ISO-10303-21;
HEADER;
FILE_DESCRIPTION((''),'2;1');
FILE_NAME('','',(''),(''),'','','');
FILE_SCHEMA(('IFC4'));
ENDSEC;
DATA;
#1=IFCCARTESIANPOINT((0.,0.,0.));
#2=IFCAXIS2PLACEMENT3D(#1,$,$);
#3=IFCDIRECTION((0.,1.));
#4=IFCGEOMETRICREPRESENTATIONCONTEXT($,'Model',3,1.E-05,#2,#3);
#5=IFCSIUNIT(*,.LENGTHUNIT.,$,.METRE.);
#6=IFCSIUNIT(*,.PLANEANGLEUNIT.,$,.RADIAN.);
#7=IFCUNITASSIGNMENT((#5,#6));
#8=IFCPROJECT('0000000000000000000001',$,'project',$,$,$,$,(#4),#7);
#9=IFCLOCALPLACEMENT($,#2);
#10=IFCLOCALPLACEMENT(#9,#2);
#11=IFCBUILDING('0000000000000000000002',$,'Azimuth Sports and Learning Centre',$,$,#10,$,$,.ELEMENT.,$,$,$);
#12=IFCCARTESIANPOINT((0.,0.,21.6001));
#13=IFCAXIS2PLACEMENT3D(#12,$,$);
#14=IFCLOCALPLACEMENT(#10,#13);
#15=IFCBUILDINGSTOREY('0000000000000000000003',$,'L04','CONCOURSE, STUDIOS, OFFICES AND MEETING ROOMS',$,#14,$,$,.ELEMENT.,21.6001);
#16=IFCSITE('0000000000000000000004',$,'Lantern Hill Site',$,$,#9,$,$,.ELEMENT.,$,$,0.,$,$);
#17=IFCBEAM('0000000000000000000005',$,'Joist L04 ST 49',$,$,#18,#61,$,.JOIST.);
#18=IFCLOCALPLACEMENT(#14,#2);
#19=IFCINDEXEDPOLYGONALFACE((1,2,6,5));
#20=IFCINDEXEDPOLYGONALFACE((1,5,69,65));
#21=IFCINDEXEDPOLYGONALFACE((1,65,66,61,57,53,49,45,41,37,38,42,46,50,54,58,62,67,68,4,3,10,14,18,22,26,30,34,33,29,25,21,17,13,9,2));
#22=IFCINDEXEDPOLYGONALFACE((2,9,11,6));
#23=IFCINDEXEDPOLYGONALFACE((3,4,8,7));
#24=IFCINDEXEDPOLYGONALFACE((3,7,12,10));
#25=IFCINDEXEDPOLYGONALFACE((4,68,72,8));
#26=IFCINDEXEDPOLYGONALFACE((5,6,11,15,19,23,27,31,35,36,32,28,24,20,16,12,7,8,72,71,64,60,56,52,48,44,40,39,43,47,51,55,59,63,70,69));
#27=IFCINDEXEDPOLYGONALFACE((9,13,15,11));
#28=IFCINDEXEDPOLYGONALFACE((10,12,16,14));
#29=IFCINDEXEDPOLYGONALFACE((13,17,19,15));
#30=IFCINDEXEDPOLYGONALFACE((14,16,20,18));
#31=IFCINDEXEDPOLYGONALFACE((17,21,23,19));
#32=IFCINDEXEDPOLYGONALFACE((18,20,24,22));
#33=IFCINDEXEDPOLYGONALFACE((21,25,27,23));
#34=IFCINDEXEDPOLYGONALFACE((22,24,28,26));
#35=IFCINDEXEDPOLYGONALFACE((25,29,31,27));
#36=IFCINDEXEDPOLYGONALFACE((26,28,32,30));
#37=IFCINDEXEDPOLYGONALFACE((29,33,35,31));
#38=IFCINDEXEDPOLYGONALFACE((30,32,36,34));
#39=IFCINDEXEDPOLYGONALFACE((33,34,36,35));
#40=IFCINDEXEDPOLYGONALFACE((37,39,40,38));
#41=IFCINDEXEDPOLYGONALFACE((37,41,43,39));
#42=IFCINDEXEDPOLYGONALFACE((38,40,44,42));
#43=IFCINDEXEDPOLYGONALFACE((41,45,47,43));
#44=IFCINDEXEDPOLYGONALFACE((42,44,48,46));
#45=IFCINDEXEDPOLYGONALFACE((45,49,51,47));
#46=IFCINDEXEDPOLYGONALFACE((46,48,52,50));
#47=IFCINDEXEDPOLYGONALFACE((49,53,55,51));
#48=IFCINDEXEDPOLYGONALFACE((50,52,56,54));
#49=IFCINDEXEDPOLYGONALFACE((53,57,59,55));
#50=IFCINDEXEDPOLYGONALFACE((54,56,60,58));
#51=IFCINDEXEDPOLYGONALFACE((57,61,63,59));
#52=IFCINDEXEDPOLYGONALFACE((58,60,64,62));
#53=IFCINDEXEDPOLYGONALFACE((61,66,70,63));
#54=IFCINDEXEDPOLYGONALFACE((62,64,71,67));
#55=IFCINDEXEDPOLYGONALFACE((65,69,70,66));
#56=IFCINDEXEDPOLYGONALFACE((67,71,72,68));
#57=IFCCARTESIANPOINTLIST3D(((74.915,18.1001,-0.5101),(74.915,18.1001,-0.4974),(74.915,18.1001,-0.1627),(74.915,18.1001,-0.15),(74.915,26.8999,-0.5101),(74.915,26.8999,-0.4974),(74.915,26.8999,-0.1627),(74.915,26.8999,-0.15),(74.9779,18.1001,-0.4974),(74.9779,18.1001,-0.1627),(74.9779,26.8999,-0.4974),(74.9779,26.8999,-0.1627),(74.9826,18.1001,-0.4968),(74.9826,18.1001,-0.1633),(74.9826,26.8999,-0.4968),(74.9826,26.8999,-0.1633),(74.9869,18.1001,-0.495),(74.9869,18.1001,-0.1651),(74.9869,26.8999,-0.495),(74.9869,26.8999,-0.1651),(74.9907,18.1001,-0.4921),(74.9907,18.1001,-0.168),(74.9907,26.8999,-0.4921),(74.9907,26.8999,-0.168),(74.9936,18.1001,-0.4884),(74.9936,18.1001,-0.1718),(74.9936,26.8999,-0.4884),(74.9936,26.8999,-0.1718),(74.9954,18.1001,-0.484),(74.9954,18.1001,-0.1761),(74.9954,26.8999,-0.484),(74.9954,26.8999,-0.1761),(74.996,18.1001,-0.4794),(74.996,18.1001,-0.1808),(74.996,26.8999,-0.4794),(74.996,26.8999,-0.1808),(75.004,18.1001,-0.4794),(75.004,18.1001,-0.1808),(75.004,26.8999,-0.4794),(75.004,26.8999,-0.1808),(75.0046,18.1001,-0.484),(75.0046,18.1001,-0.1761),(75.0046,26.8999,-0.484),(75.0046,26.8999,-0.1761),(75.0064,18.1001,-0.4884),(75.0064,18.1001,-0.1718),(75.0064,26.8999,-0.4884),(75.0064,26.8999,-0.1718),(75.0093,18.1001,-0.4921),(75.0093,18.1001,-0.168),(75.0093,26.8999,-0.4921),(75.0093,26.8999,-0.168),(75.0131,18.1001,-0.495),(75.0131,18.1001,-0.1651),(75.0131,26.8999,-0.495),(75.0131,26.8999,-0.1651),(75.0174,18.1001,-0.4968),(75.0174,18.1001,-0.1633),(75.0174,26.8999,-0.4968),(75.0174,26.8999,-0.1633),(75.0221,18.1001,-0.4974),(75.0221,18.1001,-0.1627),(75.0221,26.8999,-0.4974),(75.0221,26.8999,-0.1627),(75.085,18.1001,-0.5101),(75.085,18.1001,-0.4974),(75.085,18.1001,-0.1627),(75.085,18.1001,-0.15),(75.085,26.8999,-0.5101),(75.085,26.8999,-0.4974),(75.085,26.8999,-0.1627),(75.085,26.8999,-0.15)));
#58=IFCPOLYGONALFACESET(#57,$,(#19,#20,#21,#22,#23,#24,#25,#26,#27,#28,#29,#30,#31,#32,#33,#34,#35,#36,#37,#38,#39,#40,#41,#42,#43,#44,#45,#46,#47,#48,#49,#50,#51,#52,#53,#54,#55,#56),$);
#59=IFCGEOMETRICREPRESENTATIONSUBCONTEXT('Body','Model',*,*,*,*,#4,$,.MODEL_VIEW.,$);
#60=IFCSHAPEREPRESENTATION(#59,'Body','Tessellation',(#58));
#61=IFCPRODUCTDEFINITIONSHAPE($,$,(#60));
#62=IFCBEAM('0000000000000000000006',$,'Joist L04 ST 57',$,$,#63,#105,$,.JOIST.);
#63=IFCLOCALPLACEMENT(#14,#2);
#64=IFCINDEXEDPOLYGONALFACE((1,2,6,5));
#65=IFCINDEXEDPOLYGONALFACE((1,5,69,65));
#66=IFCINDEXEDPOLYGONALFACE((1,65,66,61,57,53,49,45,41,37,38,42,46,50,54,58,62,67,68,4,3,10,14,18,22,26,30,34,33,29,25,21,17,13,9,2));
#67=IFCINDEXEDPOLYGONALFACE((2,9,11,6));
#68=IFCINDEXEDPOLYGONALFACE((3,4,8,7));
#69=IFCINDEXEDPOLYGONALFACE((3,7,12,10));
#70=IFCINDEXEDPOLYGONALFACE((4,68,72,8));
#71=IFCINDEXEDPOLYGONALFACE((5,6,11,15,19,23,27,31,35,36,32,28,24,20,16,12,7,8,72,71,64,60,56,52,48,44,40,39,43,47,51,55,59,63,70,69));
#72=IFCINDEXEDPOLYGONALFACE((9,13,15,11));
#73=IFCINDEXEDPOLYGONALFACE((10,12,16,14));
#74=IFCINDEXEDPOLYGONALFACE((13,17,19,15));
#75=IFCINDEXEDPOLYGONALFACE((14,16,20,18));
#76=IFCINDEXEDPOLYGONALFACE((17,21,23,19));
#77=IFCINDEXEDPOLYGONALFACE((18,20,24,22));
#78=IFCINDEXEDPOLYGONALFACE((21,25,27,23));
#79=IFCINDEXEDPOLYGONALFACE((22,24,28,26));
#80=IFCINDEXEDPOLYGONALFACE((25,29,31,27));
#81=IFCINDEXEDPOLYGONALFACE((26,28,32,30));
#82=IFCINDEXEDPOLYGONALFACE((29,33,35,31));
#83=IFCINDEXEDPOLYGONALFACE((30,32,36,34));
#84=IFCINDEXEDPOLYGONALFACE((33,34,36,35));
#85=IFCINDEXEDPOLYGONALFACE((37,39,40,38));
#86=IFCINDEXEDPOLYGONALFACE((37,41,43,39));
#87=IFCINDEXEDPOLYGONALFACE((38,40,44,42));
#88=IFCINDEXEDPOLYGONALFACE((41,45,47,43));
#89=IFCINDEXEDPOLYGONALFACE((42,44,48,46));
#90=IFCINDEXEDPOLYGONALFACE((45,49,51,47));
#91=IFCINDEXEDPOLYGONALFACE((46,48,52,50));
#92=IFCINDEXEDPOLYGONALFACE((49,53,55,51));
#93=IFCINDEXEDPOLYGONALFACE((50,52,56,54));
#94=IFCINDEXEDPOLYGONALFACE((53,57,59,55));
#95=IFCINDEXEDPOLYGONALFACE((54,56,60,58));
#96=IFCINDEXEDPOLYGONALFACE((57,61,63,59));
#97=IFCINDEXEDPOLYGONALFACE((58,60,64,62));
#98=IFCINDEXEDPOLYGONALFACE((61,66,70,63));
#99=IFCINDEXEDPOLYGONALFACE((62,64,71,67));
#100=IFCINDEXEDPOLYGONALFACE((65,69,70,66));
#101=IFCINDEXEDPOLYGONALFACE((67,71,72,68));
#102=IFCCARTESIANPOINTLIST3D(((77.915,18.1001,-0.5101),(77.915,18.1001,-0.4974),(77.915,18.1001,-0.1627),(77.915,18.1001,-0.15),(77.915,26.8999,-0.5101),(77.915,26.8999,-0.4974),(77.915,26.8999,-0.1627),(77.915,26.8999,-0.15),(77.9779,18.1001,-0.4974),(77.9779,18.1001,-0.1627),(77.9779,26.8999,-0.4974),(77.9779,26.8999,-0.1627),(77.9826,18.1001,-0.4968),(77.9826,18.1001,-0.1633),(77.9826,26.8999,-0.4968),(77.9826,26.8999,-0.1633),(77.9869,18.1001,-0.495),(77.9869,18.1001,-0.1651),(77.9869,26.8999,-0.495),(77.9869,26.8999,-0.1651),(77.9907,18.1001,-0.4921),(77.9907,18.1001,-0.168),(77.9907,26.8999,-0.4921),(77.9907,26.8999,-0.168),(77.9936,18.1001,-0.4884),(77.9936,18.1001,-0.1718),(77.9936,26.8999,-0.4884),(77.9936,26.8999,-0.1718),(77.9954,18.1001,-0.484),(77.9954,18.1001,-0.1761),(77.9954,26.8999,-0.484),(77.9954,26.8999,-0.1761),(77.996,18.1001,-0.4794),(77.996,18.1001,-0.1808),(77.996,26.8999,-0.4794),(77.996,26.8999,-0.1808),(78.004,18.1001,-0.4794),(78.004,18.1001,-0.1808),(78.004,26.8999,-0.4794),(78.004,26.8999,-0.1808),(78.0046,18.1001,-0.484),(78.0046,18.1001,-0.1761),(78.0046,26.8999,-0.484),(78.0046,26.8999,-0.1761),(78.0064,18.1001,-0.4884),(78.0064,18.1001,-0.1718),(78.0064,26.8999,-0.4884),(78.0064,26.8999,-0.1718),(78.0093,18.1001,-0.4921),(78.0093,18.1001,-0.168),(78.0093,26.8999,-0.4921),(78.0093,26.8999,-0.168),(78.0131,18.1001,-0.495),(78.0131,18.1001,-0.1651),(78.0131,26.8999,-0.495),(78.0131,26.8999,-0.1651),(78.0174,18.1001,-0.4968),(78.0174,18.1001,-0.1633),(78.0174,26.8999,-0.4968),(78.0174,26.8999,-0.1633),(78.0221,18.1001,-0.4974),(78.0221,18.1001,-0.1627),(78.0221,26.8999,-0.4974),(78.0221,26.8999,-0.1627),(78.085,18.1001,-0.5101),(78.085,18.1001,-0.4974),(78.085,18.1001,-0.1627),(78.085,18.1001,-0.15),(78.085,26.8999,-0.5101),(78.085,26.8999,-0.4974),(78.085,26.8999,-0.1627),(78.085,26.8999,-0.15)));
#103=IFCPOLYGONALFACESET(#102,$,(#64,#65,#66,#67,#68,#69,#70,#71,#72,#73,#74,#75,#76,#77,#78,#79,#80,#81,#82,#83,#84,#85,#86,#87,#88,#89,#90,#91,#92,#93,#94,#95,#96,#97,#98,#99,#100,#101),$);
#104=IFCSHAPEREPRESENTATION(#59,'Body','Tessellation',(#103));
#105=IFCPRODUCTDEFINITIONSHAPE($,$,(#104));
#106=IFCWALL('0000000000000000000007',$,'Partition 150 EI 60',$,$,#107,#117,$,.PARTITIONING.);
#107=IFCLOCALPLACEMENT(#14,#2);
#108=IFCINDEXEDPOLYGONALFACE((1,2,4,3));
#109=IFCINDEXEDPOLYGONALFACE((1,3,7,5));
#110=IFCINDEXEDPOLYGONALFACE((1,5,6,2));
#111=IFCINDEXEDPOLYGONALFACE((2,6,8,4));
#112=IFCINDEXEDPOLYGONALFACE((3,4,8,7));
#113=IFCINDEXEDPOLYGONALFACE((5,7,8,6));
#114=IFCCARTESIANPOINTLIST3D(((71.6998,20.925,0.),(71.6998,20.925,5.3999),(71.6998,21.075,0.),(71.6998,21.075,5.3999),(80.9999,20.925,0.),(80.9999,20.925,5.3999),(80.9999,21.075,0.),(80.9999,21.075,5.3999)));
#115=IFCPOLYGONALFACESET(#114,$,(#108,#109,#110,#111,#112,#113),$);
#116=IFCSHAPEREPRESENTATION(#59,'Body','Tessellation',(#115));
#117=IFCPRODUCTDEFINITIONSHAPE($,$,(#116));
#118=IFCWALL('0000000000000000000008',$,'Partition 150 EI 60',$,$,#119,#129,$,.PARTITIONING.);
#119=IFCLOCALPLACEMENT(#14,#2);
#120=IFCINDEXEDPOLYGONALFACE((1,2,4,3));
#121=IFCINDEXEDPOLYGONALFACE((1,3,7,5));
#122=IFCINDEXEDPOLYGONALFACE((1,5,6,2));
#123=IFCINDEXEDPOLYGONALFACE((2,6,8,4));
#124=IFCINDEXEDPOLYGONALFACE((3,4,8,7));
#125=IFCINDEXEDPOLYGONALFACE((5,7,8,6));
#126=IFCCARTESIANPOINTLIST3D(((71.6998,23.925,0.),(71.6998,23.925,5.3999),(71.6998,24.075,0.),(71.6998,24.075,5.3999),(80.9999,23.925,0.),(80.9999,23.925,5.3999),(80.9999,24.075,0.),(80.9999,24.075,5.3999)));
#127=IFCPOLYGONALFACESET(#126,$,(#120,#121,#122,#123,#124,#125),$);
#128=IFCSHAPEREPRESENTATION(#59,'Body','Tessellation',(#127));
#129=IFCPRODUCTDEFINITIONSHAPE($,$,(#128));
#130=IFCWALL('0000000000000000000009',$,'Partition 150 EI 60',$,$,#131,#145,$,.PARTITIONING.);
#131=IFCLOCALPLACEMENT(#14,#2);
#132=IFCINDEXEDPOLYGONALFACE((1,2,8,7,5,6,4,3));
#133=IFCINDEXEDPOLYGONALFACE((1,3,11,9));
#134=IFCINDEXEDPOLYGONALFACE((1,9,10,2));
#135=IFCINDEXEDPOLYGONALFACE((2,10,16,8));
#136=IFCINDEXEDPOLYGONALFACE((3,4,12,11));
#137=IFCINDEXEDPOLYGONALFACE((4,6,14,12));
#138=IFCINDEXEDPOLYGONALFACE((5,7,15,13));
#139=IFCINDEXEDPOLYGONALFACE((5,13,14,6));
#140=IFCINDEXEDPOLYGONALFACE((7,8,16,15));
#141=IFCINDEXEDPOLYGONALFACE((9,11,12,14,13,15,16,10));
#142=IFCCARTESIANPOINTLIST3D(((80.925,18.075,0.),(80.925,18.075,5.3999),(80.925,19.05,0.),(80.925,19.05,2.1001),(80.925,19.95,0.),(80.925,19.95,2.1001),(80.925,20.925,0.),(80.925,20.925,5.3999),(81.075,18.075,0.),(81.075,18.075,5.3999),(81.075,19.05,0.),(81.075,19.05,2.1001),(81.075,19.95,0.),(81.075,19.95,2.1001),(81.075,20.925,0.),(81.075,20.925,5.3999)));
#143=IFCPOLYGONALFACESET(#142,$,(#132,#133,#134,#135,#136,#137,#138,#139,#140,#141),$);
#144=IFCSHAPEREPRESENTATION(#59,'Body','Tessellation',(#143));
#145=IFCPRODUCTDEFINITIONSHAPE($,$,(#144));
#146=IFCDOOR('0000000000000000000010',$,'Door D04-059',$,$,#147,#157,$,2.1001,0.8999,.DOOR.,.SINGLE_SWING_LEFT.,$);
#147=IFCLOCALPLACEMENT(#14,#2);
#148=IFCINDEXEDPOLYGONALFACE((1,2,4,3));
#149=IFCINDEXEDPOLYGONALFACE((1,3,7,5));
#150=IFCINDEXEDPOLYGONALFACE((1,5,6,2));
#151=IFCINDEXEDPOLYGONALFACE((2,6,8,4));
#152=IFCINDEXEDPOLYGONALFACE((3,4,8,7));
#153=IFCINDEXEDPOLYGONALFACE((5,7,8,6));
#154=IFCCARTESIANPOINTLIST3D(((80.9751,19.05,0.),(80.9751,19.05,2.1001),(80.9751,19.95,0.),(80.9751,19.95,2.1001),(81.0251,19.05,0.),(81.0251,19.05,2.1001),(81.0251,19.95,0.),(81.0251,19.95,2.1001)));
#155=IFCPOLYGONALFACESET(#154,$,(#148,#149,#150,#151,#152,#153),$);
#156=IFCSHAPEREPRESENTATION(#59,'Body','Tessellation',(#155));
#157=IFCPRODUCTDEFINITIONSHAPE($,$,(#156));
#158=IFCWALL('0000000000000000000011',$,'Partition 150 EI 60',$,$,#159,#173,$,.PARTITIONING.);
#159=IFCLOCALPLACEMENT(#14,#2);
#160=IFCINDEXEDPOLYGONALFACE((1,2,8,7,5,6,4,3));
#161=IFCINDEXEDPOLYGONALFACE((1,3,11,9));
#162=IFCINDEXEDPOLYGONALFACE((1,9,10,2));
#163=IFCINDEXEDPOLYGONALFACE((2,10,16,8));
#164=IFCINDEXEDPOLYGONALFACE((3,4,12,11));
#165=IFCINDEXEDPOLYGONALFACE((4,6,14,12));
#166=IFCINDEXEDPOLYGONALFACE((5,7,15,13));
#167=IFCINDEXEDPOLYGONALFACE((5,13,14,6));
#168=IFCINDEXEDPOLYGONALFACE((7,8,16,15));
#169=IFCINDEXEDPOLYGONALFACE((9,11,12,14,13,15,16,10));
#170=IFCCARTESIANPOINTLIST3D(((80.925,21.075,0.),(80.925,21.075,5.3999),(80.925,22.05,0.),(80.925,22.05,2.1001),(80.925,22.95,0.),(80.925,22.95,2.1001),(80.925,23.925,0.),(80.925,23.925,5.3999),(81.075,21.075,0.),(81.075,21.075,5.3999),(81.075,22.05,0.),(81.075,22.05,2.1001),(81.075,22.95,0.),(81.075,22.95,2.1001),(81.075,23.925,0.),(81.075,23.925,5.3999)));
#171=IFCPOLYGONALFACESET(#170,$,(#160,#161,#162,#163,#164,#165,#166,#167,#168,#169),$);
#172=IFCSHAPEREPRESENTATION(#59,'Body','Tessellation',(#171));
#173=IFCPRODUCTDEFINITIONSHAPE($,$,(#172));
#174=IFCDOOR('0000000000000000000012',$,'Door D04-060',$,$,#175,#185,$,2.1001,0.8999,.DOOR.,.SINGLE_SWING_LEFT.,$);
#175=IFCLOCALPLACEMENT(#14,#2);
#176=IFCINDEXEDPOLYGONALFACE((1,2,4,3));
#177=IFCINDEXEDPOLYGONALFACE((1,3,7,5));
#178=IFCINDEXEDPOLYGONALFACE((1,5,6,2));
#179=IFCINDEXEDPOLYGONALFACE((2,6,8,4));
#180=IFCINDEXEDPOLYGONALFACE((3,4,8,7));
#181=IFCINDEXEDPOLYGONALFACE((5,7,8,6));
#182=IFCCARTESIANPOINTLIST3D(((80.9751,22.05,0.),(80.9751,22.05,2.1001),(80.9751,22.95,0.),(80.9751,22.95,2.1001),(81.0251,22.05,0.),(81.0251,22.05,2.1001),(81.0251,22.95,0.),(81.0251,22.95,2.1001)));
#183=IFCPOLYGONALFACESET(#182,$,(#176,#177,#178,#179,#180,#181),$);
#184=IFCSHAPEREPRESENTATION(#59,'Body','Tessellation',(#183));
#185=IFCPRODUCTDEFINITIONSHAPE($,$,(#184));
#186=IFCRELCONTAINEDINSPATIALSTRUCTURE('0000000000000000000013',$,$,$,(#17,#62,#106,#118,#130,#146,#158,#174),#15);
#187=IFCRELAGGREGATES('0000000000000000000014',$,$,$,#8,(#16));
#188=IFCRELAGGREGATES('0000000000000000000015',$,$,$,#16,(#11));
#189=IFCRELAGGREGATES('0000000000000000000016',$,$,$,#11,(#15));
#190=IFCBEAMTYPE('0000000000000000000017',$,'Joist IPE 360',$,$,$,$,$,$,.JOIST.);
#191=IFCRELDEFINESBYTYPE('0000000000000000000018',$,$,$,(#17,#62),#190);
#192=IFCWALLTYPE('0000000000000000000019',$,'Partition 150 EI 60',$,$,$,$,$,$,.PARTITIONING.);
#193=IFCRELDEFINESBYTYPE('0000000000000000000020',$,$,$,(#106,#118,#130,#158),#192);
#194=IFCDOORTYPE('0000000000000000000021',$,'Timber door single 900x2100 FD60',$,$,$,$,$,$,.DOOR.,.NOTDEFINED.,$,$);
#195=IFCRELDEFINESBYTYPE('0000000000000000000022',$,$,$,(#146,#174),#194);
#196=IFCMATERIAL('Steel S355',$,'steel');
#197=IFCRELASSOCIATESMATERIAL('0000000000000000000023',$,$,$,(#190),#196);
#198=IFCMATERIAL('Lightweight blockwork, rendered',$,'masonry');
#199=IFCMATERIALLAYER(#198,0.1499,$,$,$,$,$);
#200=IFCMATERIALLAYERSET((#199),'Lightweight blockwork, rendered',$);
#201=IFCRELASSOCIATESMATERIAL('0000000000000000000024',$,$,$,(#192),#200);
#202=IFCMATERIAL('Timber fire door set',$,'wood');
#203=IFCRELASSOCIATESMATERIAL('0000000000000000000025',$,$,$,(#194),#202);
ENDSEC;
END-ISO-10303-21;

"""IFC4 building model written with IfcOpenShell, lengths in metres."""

from ifc_helpers import new_model, si_unit, direction, frame, frame_2d, origin, origin_2d, place, context, subcontext, project, spatial, rectangle, i_section, extrude, material, layer, layer_set, material_profile, profile_set, type_object, element, fill, save


model = new_model("IFC4")

# Units and contexts
model_context = context("Model", 3, precision=1e-05, world=origin(), true_north=direction((0.0, 1.0)))
body_context = subcontext(model_context, "Body", "Model", "MODEL_VIEW")
ifc_project = project(units=[si_unit("LENGTHUNIT", "METRE"), si_unit("PLANEANGLEUNIT", "RADIAN")], contexts=[model_context])

# Site, building, storey
site_placement = place(None, origin())
site = spatial("IfcSite", under=ifc_project, at=site_placement, Name="Lantern Hill Site", CompositionType="ELEMENT", RefElevation=0.0)
building_placement = place(site_placement, origin())
building = spatial("IfcBuilding", under=site, at=building_placement, Name="Azimuth Sports and Learning Centre", CompositionType="ELEMENT")
storey_placement = place(building_placement, frame((0.0, 0.0, 21.6001)))
storey = spatial("IfcBuildingStorey", under=building, at=storey_placement, Name="L04", Description="CONCOURSE, STUDIOS, OFFICES AND MEETING ROOMS", CompositionType="ELEMENT", Elevation=21.6001)

# Beams
ifc_material_1 = material(Name="Steel S355", Category="steel")
ifc_material_profile_1 = material_profile(ifc_material_1, i_section(OverallWidth=0.1699, OverallDepth=0.3601, WebThickness=0.0081, FlangeThickness=0.0127, FilletRadius=0.0181, at=origin_2d()), Name="IPE 360")
ifc_profile_set_1 = profile_set([ifc_material_profile_1], Name="Steel S355")
beam_type_1 = type_object("IfcBeamType", Name="Joist IPE 360", PredefinedType="JOIST", material=ifc_profile_set_1)
for number, where, z_axis, x_axis, name in (
    (1, (75.0, 18.1001, -0.3301), (0.0, 1.0, 0.0), (-1.0, 0.0, 0.0), "Joist L04 ST 49"),
    (2, (78.0, 18.1001, -0.3301), (0.0, 1.0, 0.0), (-1.0, 0.0, 0.0), "Joist L04 ST 57"),
):
    element("IfcBeam", number, at=place(storey_placement, frame(where, z_axis=z_axis, x_axis=x_axis)), inside=storey, type_object=beam_type_1, Name=name, PredefinedType="JOIST", context=body_context, shape_type="SweptSolid", body=[
        extrude(i_section(OverallWidth=0.1699, OverallDepth=0.3601, WebThickness=0.0081, FlangeThickness=0.0127, FilletRadius=0.0181, at=origin_2d()), origin(), (0.0, 0.0, 1.0), 8.7998),
    ])

# Walls
ifc_material_2 = material(Name="Lightweight blockwork, rendered", Category="masonry")
ifc_layer_1 = layer(ifc_material_2, 0.1499)
ifc_layer_set_1 = layer_set([ifc_layer_1], Name="Lightweight blockwork, rendered")
wall_type_1 = type_object("IfcWallType", Name="Partition 150 EI 60", PredefinedType="PARTITIONING", material=ifc_layer_set_1)
for number, where, z_axis, x_axis, name in (
    (3, (71.7, 21.0, 0.0), (0.0, 0.0, 1.0), (1.0, 0.0, 0.0), "Partition 150 EI 60"),
    (4, (71.7, 24.0, 0.0), (0.0, 0.0, 1.0), (1.0, 0.0, 0.0), "Partition 150 EI 60"),
):
    element("IfcWall", number, at=place(storey_placement, frame(where, z_axis=z_axis, x_axis=x_axis)), inside=storey, type_object=wall_type_1, Name=name, PredefinedType="PARTITIONING", context=body_context, shape_type="SweptSolid", body=[
        extrude(rectangle(XDim=9.3, YDim=0.1499, at=frame_2d((4.6499, 0.0))), origin(), (0.0, 0.0, 1.0), 5.3999),
    ])

# Walls, openings, doors
wall_1_placement = place(storey_placement, frame((81.0, 18.075, 0.0), z_axis=(0.0, 0.0, 1.0), x_axis=(0.0, 1.0, 0.0)))
wall_1 = element("IfcWall", 5, at=wall_1_placement, inside=storey, type_object=wall_type_1, Name="Partition 150 EI 60", PredefinedType="PARTITIONING", context=body_context, shape_type="SweptSolid", body=[
    extrude(rectangle(XDim=2.8501, YDim=0.1499, at=frame_2d((1.425, 0.0))), origin(), (0.0, 0.0, 1.0), 5.3999),
])
opening_1_placement = place(wall_1_placement, frame((0.9751, 0.0, 0.0)))
opening_1 = element("IfcOpeningElement", 6, at=opening_1_placement, cuts=wall_1, PredefinedType="OPENING", context=body_context, shape_type="SweptSolid", body=[
    extrude(rectangle(XDim=0.8999, YDim=2.1001, at=frame_2d((0.45, 1.05))), frame((0.0, 0.0859, 0.0), z_axis=(0.0, -1.0, 0.0), x_axis=(1.0, 0.0, 0.0)), (0.0, 0.0, 1.0), 0.1719),
])
ifc_material_3 = material(Name="Timber fire door set", Category="wood")
door_type_1 = type_object("IfcDoorType", Name="Timber door single 900x2100 FD60", OperationType="NOTDEFINED", PredefinedType="DOOR", material=ifc_material_3)
door_1_placement = place(opening_1_placement, origin())
door_1 = element("IfcDoor", 7, at=door_1_placement, inside=storey, type_object=door_type_1, Name="Door D04-059", OperationType="SINGLE_SWING_LEFT", OverallHeight=2.1001, OverallWidth=0.8999, PredefinedType="DOOR", context=body_context, shape_type="SweptSolid", body=[
    extrude(rectangle(XDim=0.8999, YDim=2.1001, at=frame_2d((0.45, 1.05))), frame((0.0, 0.0249, 0.0), z_axis=(0.0, -1.0, 0.0), x_axis=(1.0, 0.0, 0.0)), (0.0, 0.0, 1.0), 0.05),
])
fill(opening_1, door_1)
wall_2_placement = place(storey_placement, frame((81.0, 21.075, 0.0), z_axis=(0.0, 0.0, 1.0), x_axis=(0.0, 1.0, 0.0)))
wall_2 = element("IfcWall", 8, at=wall_2_placement, inside=storey, type_object=wall_type_1, Name="Partition 150 EI 60", PredefinedType="PARTITIONING", context=body_context, shape_type="SweptSolid", body=[
    extrude(rectangle(XDim=2.8501, YDim=0.1499, at=frame_2d((1.425, 0.0))), origin(), (0.0, 0.0, 1.0), 5.3999),
])
opening_2_placement = place(wall_2_placement, frame((0.9751, 0.0, 0.0)))
opening_2 = element("IfcOpeningElement", 9, at=opening_2_placement, cuts=wall_2, PredefinedType="OPENING", context=body_context, shape_type="SweptSolid", body=[
    extrude(rectangle(XDim=0.8999, YDim=2.1001, at=frame_2d((0.45, 1.05))), frame((0.0, 0.0859, 0.0), z_axis=(0.0, -1.0, 0.0), x_axis=(1.0, 0.0, 0.0)), (0.0, 0.0, 1.0), 0.1719),
])
door_2_placement = place(opening_2_placement, origin())
door_2 = element("IfcDoor", 10, at=door_2_placement, inside=storey, type_object=door_type_1, Name="Door D04-060", OperationType="SINGLE_SWING_LEFT", OverallHeight=2.1001, OverallWidth=0.8999, PredefinedType="DOOR", context=body_context, shape_type="SweptSolid", body=[
    extrude(rectangle(XDim=0.8999, YDim=2.1001, at=frame_2d((0.45, 1.05))), frame((0.0, 0.0249, 0.0), z_axis=(0.0, -1.0, 0.0), x_axis=(1.0, 0.0, 0.0)), (0.0, 0.0, 1.0), 0.05),
])
fill(opening_2, door_2)

save(model, "model.ifc")
